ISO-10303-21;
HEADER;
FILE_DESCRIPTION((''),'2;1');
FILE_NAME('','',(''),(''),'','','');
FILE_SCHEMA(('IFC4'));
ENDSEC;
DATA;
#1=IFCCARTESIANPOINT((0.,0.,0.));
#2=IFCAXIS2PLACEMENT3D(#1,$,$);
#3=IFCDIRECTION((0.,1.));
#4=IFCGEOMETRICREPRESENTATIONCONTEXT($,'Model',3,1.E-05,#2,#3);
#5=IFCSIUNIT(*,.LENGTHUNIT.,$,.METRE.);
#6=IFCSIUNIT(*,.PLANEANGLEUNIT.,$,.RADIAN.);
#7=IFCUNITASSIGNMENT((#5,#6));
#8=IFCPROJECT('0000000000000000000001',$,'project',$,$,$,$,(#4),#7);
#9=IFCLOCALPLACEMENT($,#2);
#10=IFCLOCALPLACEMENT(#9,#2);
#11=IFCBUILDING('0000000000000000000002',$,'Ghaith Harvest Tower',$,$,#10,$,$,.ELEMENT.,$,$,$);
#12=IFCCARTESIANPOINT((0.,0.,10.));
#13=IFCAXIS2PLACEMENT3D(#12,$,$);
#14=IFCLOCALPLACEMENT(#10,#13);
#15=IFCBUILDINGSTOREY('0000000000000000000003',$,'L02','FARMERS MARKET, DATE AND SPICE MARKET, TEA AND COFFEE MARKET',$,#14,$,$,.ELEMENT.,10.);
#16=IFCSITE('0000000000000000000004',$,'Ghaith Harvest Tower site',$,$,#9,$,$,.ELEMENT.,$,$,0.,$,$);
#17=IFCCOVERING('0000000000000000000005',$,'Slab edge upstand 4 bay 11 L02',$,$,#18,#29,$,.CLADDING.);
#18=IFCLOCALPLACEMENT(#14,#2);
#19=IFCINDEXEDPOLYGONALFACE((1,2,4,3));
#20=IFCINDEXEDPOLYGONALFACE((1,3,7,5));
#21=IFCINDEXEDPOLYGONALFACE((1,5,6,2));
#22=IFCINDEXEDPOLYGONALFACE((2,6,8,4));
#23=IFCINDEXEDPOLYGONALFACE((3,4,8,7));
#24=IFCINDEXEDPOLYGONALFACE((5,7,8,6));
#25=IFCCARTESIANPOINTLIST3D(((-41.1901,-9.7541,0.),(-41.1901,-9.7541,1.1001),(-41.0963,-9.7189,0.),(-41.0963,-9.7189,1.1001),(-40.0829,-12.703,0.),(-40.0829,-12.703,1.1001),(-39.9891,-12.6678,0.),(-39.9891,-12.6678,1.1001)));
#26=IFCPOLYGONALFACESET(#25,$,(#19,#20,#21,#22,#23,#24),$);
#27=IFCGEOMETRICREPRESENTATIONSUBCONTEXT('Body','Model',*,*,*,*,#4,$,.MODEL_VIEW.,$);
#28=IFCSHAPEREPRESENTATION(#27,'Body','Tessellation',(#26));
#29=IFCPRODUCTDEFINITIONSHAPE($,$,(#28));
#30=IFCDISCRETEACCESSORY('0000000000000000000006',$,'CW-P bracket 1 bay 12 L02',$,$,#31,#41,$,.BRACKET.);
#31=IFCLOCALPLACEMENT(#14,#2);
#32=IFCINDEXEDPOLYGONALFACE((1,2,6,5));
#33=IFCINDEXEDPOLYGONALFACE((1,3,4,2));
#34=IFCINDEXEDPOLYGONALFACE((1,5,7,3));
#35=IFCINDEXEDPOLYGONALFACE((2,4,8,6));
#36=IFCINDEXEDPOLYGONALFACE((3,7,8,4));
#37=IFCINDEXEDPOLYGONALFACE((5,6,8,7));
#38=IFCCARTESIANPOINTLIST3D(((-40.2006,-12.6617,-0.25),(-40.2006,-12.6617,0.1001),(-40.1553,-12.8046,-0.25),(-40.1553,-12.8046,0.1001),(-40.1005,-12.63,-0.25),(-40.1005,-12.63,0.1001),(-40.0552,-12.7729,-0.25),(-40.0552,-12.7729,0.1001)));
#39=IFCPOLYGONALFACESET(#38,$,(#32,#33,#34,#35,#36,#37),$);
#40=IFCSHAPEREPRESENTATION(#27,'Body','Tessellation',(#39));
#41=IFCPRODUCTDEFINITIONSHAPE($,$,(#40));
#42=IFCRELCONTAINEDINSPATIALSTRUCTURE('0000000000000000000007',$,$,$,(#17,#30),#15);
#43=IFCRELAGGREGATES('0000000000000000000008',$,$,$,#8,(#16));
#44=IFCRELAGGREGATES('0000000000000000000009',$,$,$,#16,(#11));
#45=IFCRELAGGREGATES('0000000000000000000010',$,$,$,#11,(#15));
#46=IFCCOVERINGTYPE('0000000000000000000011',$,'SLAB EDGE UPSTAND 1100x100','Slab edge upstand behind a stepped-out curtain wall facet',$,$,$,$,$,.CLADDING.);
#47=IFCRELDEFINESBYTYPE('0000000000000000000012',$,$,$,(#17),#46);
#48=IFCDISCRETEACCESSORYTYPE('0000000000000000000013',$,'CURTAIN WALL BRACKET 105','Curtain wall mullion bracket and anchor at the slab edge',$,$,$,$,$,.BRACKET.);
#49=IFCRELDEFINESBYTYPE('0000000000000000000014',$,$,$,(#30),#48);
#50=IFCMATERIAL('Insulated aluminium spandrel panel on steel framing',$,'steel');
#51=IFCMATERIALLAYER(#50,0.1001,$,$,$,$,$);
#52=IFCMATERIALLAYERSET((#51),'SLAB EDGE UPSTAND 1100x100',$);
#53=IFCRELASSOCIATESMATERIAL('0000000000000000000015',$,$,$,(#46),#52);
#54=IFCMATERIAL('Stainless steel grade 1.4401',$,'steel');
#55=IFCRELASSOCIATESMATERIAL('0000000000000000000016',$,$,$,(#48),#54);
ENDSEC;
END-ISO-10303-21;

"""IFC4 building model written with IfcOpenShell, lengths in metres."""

from ifc_helpers import new_model, si_unit, direction, frame, origin, origin_2d, place, context, subcontext, project, spatial, rectangle, extrude, material, layer, layer_set, type_object, element, save


model = new_model("IFC4")

# Units and contexts
model_context = context("Model", 3, precision=1e-05, world=origin(), true_north=direction((0.0, 1.0)))
body_context = subcontext(model_context, "Body", "Model", "MODEL_VIEW")
ifc_project = project(units=[si_unit("LENGTHUNIT", "METRE"), si_unit("PLANEANGLEUNIT", "RADIAN")], contexts=[model_context])

# Site, building, storey
site_placement = place(None, origin())
site = spatial("IfcSite", under=ifc_project, at=site_placement, Name="Ghaith Harvest Tower site", CompositionType="ELEMENT", RefElevation=0.0)
building_placement = place(site_placement, origin())
building = spatial("IfcBuilding", under=site, at=building_placement, Name="Ghaith Harvest Tower", CompositionType="ELEMENT")
storey_placement = place(building_placement, frame((0.0, 0.0, 10.0)))
storey = spatial("IfcBuildingStorey", under=building, at=storey_placement, Name="L02", Description="FARMERS MARKET, DATE AND SPICE MARKET, TEA AND COFFEE MARKET", CompositionType="ELEMENT", Elevation=10.0)

# Covering
ifc_material_1 = material(Name="Insulated aluminium spandrel panel on steel framing", Category="steel")
ifc_layer_1 = layer(ifc_material_1, 0.1001)
ifc_layer_set_1 = layer_set([ifc_layer_1], Name="SLAB EDGE UPSTAND 1100x100")
covering_type = type_object("IfcCoveringType", Name="SLAB EDGE UPSTAND 1100x100", Description="Slab edge upstand behind a stepped-out curtain wall facet", PredefinedType="CLADDING", material=ifc_layer_set_1)
covering_placement = place(storey_placement, frame((-40.5896, -11.2109, 0.0), z_axis=(0.0, 0.0, 1.0), x_axis=(0.351506, -0.936186, 0.0)))
element("IfcCovering", 1, at=covering_placement, inside=storey, type_object=covering_type, Name="Slab edge upstand 4 bay 11 L02", PredefinedType="CLADDING", context=body_context, shape_type="SweptSolid", body=[
    extrude(rectangle(XDim=3.1499, YDim=0.1001, at=origin_2d()), origin(), (0.0, 0.0, 1.0), 1.1001),
])

# Discrete accessory
ifc_material_2 = material(Name="Stainless steel grade 1.4401", Category="steel")
discrete_accessory_type = type_object("IfcDiscreteAccessoryType", Name="CURTAIN WALL BRACKET 105", Description="Curtain wall mullion bracket and anchor at the slab edge", PredefinedType="BRACKET", material=ifc_material_2)
discrete_accessory_placement = place(storey_placement, frame((-40.1279, -12.7173, -0.25), z_axis=(0.0, 0.0, 1.0), x_axis=(-0.953273, -0.30211, 0.0)))
element("IfcDiscreteAccessory", 2, at=discrete_accessory_placement, inside=storey, type_object=discrete_accessory_type, Name="CW-P bracket 1 bay 12 L02", PredefinedType="BRACKET", context=body_context, shape_type="SweptSolid", body=[
    extrude(rectangle(XDim=0.105, YDim=0.1499, at=origin_2d()), origin(), (0.0, 0.0, 1.0), 0.3501),
])

save(model, "model.ifc")
